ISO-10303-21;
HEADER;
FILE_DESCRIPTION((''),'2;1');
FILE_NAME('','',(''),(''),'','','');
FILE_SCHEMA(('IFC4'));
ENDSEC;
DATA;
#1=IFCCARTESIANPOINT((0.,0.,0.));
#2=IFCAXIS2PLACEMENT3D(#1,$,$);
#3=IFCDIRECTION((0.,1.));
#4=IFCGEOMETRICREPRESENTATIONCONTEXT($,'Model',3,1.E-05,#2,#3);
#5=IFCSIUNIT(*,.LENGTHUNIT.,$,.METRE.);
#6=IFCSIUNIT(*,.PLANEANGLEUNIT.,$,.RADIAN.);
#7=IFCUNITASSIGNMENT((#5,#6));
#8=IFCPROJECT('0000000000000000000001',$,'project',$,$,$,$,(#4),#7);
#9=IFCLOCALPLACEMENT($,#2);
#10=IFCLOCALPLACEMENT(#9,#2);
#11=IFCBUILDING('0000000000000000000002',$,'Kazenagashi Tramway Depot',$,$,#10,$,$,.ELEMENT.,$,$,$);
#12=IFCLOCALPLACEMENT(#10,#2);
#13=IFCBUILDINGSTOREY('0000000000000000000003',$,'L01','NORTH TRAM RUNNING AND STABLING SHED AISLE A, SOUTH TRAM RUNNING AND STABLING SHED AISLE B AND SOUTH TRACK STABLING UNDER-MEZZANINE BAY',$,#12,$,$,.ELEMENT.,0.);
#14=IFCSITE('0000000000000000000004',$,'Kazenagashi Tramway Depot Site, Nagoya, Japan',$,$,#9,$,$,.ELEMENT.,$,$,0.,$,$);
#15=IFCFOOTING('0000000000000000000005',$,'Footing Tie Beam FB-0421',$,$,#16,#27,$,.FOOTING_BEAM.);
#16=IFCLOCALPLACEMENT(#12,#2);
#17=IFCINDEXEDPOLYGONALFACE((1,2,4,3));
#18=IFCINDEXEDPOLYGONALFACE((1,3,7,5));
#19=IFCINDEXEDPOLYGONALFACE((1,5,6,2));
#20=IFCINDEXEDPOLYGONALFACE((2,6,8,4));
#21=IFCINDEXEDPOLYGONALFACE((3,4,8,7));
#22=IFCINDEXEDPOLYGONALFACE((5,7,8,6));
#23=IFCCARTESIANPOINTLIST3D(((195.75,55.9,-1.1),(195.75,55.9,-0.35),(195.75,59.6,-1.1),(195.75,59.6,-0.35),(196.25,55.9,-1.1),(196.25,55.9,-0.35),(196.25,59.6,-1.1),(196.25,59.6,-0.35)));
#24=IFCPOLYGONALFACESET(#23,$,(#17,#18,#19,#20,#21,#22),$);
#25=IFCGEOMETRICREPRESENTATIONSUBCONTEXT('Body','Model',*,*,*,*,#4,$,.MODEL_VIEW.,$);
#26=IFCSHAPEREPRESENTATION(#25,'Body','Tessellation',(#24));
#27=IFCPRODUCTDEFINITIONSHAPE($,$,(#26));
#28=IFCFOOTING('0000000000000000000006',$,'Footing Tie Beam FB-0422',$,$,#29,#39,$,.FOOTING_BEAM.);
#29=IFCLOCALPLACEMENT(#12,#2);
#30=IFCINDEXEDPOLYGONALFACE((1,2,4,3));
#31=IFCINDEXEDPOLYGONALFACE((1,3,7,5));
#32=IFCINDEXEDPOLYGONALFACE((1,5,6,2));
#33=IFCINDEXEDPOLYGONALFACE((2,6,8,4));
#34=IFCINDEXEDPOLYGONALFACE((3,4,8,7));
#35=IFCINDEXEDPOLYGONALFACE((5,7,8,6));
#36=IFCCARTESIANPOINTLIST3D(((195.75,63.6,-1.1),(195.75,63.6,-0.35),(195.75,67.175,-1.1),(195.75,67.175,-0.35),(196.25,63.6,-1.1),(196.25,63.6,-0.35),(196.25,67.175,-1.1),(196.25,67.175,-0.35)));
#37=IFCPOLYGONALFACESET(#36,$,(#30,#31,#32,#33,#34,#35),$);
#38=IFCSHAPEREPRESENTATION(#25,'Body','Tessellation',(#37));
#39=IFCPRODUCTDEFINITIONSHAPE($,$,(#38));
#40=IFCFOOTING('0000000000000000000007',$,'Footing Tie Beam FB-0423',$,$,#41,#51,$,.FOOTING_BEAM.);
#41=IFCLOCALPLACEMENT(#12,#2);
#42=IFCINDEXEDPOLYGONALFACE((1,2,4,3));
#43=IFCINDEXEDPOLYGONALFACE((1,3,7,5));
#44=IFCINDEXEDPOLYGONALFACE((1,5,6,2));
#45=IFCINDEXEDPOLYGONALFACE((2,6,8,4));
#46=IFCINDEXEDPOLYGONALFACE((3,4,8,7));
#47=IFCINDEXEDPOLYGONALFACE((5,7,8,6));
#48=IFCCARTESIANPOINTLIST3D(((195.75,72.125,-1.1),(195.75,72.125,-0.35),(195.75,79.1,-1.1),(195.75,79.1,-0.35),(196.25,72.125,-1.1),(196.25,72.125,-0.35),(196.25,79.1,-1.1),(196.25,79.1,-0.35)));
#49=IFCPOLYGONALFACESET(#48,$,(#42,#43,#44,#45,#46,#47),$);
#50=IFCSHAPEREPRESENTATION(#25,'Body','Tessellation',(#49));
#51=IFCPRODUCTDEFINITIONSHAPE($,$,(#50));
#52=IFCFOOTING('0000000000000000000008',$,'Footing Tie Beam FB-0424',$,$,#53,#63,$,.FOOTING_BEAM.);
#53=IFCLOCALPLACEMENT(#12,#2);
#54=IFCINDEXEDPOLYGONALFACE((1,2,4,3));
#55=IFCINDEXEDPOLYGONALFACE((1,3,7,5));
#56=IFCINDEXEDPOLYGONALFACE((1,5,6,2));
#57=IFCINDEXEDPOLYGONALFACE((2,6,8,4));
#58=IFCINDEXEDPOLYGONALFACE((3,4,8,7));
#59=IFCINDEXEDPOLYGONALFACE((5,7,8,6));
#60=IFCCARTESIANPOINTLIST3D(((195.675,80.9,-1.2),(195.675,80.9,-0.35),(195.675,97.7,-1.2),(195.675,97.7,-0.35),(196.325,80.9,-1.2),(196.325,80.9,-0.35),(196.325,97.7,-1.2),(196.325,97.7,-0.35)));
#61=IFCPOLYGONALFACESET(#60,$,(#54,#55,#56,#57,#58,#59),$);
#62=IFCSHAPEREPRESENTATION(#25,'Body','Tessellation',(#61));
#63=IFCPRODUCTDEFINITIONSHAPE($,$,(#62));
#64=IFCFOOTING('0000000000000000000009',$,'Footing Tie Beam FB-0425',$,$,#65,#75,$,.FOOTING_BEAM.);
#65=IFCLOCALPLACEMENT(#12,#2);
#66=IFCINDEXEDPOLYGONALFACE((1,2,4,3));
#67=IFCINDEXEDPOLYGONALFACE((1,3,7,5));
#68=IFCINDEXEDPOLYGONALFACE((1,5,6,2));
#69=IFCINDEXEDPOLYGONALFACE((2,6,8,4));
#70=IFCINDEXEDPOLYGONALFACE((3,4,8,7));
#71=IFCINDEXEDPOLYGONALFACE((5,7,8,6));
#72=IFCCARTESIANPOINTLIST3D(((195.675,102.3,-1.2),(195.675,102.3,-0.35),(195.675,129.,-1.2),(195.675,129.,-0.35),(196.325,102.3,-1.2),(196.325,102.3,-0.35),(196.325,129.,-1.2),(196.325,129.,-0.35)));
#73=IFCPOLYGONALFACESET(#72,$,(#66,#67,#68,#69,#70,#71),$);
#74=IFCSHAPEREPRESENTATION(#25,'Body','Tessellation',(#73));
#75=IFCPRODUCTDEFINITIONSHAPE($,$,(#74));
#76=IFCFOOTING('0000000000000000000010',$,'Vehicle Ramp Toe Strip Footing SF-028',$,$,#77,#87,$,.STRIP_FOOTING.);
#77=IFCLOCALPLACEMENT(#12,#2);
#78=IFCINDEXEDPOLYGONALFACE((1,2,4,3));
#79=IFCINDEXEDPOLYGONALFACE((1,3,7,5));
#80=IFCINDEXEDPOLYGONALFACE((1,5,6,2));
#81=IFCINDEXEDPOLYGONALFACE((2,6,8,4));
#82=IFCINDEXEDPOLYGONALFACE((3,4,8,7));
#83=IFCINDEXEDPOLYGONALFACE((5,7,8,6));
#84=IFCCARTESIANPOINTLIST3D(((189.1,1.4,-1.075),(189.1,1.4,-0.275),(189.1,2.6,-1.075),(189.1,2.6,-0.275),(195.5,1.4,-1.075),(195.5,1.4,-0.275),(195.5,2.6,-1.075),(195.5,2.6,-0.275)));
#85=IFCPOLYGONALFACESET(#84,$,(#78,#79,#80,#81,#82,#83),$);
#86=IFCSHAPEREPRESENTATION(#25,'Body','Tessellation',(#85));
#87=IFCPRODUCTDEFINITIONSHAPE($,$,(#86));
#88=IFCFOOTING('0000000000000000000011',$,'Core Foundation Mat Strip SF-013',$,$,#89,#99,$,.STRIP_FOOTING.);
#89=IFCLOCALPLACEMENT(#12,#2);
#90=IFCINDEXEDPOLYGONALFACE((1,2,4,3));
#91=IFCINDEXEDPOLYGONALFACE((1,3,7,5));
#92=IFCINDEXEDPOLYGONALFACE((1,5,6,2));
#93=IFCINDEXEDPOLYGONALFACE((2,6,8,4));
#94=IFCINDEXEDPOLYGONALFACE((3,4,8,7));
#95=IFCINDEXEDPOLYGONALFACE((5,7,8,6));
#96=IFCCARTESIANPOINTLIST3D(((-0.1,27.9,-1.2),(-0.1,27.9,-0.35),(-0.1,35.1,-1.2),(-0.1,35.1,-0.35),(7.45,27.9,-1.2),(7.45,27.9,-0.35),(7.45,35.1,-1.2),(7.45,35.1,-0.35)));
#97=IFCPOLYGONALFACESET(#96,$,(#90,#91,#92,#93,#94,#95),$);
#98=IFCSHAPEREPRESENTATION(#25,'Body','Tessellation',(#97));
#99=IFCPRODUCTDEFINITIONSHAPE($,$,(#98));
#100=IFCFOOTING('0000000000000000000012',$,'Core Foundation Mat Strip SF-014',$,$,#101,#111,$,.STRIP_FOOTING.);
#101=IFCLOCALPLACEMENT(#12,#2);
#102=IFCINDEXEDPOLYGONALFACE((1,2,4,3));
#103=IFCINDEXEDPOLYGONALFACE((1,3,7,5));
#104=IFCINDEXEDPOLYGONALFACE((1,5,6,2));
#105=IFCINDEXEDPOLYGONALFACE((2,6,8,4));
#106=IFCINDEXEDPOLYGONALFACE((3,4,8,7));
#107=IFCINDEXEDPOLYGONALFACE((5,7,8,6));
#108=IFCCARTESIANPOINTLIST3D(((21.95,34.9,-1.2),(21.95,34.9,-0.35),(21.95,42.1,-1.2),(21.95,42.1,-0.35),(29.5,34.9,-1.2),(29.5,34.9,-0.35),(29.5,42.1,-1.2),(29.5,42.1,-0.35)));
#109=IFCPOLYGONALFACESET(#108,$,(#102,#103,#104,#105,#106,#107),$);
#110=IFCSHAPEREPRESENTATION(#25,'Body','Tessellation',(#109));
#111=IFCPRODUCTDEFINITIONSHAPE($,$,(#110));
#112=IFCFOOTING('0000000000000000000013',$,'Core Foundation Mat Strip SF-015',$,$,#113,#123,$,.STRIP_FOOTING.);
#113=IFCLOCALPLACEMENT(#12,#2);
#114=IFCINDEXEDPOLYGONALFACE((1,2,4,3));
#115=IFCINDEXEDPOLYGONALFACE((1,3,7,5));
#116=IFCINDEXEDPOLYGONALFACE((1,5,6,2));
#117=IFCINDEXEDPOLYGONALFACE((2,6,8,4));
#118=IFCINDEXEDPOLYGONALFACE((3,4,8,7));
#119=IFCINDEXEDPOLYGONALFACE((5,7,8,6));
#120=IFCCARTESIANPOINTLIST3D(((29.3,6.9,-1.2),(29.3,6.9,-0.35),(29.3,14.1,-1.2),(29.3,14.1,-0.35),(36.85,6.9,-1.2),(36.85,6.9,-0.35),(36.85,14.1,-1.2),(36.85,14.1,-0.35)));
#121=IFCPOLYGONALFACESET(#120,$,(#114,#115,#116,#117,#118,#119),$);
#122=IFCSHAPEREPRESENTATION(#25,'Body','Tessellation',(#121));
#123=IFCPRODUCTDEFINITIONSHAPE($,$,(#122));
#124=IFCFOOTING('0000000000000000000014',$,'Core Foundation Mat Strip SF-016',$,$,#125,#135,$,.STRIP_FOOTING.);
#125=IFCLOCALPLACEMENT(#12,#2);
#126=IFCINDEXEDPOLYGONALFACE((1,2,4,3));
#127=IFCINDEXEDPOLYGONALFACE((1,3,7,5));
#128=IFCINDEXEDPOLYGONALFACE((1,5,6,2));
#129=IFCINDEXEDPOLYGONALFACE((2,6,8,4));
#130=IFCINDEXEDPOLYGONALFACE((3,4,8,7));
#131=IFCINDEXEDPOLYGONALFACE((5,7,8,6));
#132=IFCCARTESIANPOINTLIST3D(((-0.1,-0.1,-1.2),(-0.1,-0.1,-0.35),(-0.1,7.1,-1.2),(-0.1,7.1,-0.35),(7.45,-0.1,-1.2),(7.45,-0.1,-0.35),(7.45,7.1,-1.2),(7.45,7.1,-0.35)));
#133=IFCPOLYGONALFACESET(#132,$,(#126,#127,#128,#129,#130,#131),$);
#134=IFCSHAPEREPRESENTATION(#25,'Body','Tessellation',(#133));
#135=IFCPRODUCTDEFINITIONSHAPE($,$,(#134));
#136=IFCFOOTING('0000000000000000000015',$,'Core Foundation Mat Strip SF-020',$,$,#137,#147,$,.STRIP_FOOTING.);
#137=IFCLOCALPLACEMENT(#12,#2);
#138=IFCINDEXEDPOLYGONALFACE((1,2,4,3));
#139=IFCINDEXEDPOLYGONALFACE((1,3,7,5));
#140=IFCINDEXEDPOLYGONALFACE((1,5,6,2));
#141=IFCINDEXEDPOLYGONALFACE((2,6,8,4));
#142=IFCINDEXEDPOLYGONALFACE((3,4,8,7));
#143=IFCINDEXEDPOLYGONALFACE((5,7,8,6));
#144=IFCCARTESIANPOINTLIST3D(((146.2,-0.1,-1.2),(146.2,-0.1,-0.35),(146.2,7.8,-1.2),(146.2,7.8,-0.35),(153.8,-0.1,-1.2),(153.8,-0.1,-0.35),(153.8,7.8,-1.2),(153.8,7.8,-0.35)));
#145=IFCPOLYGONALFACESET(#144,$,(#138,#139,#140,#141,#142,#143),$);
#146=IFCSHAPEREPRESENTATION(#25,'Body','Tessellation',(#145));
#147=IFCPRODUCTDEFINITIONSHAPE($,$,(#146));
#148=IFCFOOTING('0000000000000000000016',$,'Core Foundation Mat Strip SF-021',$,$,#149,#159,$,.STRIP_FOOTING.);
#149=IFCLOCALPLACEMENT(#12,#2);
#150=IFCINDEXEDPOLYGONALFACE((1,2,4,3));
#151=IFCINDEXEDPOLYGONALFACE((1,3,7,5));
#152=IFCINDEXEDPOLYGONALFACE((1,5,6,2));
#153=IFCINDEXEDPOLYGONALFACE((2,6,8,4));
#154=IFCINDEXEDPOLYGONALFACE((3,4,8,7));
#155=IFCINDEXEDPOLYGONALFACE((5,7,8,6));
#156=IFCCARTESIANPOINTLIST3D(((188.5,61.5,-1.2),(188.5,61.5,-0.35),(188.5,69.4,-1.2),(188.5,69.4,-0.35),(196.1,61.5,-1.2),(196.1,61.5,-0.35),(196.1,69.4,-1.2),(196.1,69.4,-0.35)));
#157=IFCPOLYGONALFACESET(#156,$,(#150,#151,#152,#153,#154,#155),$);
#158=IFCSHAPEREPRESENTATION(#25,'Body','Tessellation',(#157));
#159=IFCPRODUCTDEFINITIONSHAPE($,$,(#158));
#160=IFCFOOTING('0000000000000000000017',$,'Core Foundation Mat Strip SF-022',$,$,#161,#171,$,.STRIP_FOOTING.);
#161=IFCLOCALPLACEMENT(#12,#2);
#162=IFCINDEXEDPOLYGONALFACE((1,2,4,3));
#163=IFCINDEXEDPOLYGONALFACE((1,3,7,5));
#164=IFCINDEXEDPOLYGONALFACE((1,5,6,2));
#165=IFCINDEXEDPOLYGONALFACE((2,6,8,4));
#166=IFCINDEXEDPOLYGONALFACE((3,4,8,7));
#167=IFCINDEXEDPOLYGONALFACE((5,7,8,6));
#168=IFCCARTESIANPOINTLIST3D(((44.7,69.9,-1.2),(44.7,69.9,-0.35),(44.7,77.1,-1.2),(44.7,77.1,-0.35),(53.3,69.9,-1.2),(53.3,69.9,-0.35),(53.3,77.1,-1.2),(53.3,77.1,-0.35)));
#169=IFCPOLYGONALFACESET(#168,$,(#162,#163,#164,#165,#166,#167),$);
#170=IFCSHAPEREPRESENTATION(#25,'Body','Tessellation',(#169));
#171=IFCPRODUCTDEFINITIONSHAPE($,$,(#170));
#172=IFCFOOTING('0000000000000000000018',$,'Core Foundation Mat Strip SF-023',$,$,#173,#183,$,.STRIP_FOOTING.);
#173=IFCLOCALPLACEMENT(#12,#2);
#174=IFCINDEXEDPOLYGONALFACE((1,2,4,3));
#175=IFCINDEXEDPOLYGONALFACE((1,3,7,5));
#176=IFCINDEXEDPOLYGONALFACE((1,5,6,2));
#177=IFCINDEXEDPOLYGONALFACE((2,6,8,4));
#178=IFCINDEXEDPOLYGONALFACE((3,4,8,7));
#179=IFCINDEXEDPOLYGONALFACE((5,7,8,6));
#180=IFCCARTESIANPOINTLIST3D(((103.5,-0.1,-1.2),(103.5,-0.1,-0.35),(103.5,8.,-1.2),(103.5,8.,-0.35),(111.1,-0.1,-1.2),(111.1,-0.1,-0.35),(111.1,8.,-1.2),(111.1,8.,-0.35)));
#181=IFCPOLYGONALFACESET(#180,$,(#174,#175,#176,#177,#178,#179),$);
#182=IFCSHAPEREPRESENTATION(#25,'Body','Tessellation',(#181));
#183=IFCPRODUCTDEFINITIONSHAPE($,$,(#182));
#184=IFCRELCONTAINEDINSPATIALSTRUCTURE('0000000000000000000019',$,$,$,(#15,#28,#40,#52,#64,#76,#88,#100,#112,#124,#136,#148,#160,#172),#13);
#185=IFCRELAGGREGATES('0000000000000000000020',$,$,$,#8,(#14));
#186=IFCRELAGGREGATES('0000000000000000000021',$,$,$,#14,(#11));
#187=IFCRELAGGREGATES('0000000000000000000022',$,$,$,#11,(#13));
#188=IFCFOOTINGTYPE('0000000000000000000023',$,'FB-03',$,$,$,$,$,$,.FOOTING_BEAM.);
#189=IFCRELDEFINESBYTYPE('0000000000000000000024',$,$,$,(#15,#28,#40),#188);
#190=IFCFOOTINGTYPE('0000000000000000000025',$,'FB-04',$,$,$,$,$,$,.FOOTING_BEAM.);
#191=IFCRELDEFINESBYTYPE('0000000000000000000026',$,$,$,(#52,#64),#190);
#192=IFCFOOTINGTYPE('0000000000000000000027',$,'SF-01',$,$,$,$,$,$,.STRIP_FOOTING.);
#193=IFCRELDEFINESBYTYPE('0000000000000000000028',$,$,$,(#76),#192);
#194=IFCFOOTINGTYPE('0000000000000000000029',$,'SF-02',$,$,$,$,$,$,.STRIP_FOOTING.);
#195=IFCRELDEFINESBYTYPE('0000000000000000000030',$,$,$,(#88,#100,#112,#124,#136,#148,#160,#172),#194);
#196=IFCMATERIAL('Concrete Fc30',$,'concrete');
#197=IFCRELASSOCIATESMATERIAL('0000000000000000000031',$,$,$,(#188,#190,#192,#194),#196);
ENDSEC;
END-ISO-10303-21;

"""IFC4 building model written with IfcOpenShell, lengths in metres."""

from ifc_helpers import new_model, si_unit, direction, frame, origin, place, context, subcontext, project, spatial, polyline, outline, extrude, material, type_object, element, save


model = new_model("IFC4")

# Units and contexts
model_context = context("Model", 3, precision=1e-05, world=origin(), true_north=direction((0.0, 1.0)))
body_context = subcontext(model_context, "Body", "Model", "MODEL_VIEW")
ifc_project = project(units=[si_unit("LENGTHUNIT", "METRE"), si_unit("PLANEANGLEUNIT", "RADIAN")], contexts=[model_context])

# Site, building, storey
site_placement = place(None, origin())
site = spatial("IfcSite", under=ifc_project, at=site_placement, Name="Kazenagashi Tramway Depot Site, Nagoya, Japan", CompositionType="ELEMENT", RefElevation=0.0)
building_placement = place(site_placement, origin())
building = spatial("IfcBuilding", under=site, at=building_placement, Name="Kazenagashi Tramway Depot", CompositionType="ELEMENT")
storey_placement = place(building_placement, origin())
storey = spatial("IfcBuildingStorey", under=building, at=storey_placement, Name="L01", Description="NORTH TRAM RUNNING AND STABLING SHED AISLE A, SOUTH TRAM RUNNING AND STABLING SHED AISLE B AND SOUTH TRACK STABLING UNDER-MEZZANINE BAY", CompositionType="ELEMENT", Elevation=0.0)

# Footings
ifc_material_1 = material(Name="Concrete Fc30", Category="concrete")
footing_type_1 = type_object("IfcFootingType", Name="FB-03", PredefinedType="FOOTING_BEAM", material=ifc_material_1)
footing_1_placement = place(storey_placement, frame((0.0, 0.0, -1.1)))
element("IfcFooting", 1, at=footing_1_placement, inside=storey, type_object=footing_type_1, Name="Footing Tie Beam FB-0421", PredefinedType="FOOTING_BEAM", context=body_context, shape_type="SweptSolid", body=[
    extrude(outline(polyline([(195.75, 55.9), (196.25, 55.9), (196.25, 59.6), (195.75, 59.6), (195.75, 55.9)])), origin(), (0.0, 0.0, 1.0), 0.75),
])
footing_2_placement = place(storey_placement, frame((0.0, 0.0, -1.1)))
element("IfcFooting", 2, at=footing_2_placement, inside=storey, type_object=footing_type_1, Name="Footing Tie Beam FB-0422", PredefinedType="FOOTING_BEAM", context=body_context, shape_type="SweptSolid", body=[
    extrude(outline(polyline([(195.75, 63.6), (196.25, 63.6), (196.25, 67.175), (195.75, 67.175), (195.75, 63.6)])), origin(), (0.0, 0.0, 1.0), 0.75),
])
footing_3_placement = place(storey_placement, frame((0.0, 0.0, -1.1)))
element("IfcFooting", 3, at=footing_3_placement, inside=storey, type_object=footing_type_1, Name="Footing Tie Beam FB-0423", PredefinedType="FOOTING_BEAM", context=body_context, shape_type="SweptSolid", body=[
    extrude(outline(polyline([(195.75, 72.125), (196.25, 72.125), (196.25, 79.1), (195.75, 79.1), (195.75, 72.125)])), origin(), (0.0, 0.0, 1.0), 0.75),
])
footing_type_2 = type_object("IfcFootingType", Name="FB-04", PredefinedType="FOOTING_BEAM", material=ifc_material_1)
footing_4_placement = place(storey_placement, frame((0.0, 0.0, -1.2)))
element("IfcFooting", 4, at=footing_4_placement, inside=storey, type_object=footing_type_2, Name="Footing Tie Beam FB-0424", PredefinedType="FOOTING_BEAM", context=body_context, shape_type="SweptSolid", body=[
    extrude(outline(polyline([(195.675, 80.9), (196.325, 80.9), (196.325, 97.7), (195.675, 97.7), (195.675, 80.9)])), origin(), (0.0, 0.0, 1.0), 0.85),
])
footing_5_placement = place(storey_placement, frame((0.0, 0.0, -1.2)))
element("IfcFooting", 5, at=footing_5_placement, inside=storey, type_object=footing_type_2, Name="Footing Tie Beam FB-0425", PredefinedType="FOOTING_BEAM", context=body_context, shape_type="SweptSolid", body=[
    extrude(outline(polyline([(195.675, 102.3), (196.325, 102.3), (196.325, 129.0), (195.675, 129.0), (195.675, 102.3)])), origin(), (0.0, 0.0, 1.0), 0.85),
])
footing_type_3 = type_object("IfcFootingType", Name="SF-01", PredefinedType="STRIP_FOOTING", material=ifc_material_1)
footing_6_placement = place(storey_placement, frame((0.0, 0.0, -1.075)))
element("IfcFooting", 6, at=footing_6_placement, inside=storey, type_object=footing_type_3, Name="Vehicle Ramp Toe Strip Footing SF-028", PredefinedType="STRIP_FOOTING", context=body_context, shape_type="SweptSolid", body=[
    extrude(outline(polyline([(189.1, 1.4), (195.5, 1.4), (195.5, 2.6), (189.1, 2.6), (189.1, 1.4)])), origin(), (0.0, 0.0, 1.0), 0.8),
])
footing_type_4 = type_object("IfcFootingType", Name="SF-02", PredefinedType="STRIP_FOOTING", material=ifc_material_1)
footing_7_placement = place(storey_placement, frame((0.0, 0.0, -1.2)))
element("IfcFooting", 7, at=footing_7_placement, inside=storey, type_object=footing_type_4, Name="Core Foundation Mat Strip SF-013", PredefinedType="STRIP_FOOTING", context=body_context, shape_type="SweptSolid", body=[
    extrude(outline(polyline([(-0.1, 27.9), (7.45, 27.9), (7.45, 35.1), (-0.1, 35.1), (-0.1, 27.9)])), origin(), (0.0, 0.0, 1.0), 0.85),
])
footing_8_placement = place(storey_placement, frame((0.0, 0.0, -1.2)))
element("IfcFooting", 8, at=footing_8_placement, inside=storey, type_object=footing_type_4, Name="Core Foundation Mat Strip SF-014", PredefinedType="STRIP_FOOTING", context=body_context, shape_type="SweptSolid", body=[
    extrude(outline(polyline([(21.95, 34.9), (29.5, 34.9), (29.5, 42.1), (21.95, 42.1), (21.95, 34.9)])), origin(), (0.0, 0.0, 1.0), 0.85),
])
footing_9_placement = place(storey_placement, frame((0.0, 0.0, -1.2)))
element("IfcFooting", 9, at=footing_9_placement, inside=storey, type_object=footing_type_4, Name="Core Foundation Mat Strip SF-015", PredefinedType="STRIP_FOOTING", context=body_context, shape_type="SweptSolid", body=[
    extrude(outline(polyline([(29.3, 6.9), (36.85, 6.9), (36.85, 14.1), (29.3, 14.1), (29.3, 6.9)])), origin(), (0.0, 0.0, 1.0), 0.85),
])
footing_10_placement = place(storey_placement, frame((0.0, 0.0, -1.2)))
element("IfcFooting", 10, at=footing_10_placement, inside=storey, type_object=footing_type_4, Name="Core Foundation Mat Strip SF-016", PredefinedType="STRIP_FOOTING", context=body_context, shape_type="SweptSolid", body=[
    extrude(outline(polyline([(-0.1, -0.1), (7.45, -0.1), (7.45, 7.1), (-0.1, 7.1), (-0.1, -0.1)])), origin(), (0.0, 0.0, 1.0), 0.85),
])
footing_11_placement = place(storey_placement, frame((0.0, 0.0, -1.2)))
element("IfcFooting", 11, at=footing_11_placement, inside=storey, type_object=footing_type_4, Name="Core Foundation Mat Strip SF-020", PredefinedType="STRIP_FOOTING", context=body_context, shape_type="SweptSolid", body=[
    extrude(outline(polyline([(146.2, -0.1), (153.8, -0.1), (153.8, 7.8), (146.2, 7.8), (146.2, -0.1)])), origin(), (0.0, 0.0, 1.0), 0.85),
])
footing_12_placement = place(storey_placement, frame((0.0, 0.0, -1.2)))
element("IfcFooting", 12, at=footing_12_placement, inside=storey, type_object=footing_type_4, Name="Core Foundation Mat Strip SF-021", PredefinedType="STRIP_FOOTING", context=body_context, shape_type="SweptSolid", body=[
    extrude(outline(polyline([(188.5, 61.5), (196.1, 61.5), (196.1, 69.4), (188.5, 69.4), (188.5, 61.5)])), origin(), (0.0, 0.0, 1.0), 0.85),
])
footing_13_placement = place(storey_placement, frame((0.0, 0.0, -1.2)))
element("IfcFooting", 13, at=footing_13_placement, inside=storey, type_object=footing_type_4, Name="Core Foundation Mat Strip SF-022", PredefinedType="STRIP_FOOTING", context=body_context, shape_type="SweptSolid", body=[
    extrude(outline(polyline([(44.7, 69.9), (53.3, 69.9), (53.3, 77.1), (44.7, 77.1), (44.7, 69.9)])), origin(), (0.0, 0.0, 1.0), 0.85),
])
footing_14_placement = place(storey_placement, frame((0.0, 0.0, -1.2)))
element("IfcFooting", 14, at=footing_14_placement, inside=storey, type_object=footing_type_4, Name="Core Foundation Mat Strip SF-023", PredefinedType="STRIP_FOOTING", context=body_context, shape_type="SweptSolid", body=[
    extrude(outline(polyline([(103.5, -0.1), (111.1, -0.1), (111.1, 8.0), (103.5, 8.0), (103.5, -0.1)])), origin(), (0.0, 0.0, 1.0), 0.85),
])

save(model, "model.ifc")
